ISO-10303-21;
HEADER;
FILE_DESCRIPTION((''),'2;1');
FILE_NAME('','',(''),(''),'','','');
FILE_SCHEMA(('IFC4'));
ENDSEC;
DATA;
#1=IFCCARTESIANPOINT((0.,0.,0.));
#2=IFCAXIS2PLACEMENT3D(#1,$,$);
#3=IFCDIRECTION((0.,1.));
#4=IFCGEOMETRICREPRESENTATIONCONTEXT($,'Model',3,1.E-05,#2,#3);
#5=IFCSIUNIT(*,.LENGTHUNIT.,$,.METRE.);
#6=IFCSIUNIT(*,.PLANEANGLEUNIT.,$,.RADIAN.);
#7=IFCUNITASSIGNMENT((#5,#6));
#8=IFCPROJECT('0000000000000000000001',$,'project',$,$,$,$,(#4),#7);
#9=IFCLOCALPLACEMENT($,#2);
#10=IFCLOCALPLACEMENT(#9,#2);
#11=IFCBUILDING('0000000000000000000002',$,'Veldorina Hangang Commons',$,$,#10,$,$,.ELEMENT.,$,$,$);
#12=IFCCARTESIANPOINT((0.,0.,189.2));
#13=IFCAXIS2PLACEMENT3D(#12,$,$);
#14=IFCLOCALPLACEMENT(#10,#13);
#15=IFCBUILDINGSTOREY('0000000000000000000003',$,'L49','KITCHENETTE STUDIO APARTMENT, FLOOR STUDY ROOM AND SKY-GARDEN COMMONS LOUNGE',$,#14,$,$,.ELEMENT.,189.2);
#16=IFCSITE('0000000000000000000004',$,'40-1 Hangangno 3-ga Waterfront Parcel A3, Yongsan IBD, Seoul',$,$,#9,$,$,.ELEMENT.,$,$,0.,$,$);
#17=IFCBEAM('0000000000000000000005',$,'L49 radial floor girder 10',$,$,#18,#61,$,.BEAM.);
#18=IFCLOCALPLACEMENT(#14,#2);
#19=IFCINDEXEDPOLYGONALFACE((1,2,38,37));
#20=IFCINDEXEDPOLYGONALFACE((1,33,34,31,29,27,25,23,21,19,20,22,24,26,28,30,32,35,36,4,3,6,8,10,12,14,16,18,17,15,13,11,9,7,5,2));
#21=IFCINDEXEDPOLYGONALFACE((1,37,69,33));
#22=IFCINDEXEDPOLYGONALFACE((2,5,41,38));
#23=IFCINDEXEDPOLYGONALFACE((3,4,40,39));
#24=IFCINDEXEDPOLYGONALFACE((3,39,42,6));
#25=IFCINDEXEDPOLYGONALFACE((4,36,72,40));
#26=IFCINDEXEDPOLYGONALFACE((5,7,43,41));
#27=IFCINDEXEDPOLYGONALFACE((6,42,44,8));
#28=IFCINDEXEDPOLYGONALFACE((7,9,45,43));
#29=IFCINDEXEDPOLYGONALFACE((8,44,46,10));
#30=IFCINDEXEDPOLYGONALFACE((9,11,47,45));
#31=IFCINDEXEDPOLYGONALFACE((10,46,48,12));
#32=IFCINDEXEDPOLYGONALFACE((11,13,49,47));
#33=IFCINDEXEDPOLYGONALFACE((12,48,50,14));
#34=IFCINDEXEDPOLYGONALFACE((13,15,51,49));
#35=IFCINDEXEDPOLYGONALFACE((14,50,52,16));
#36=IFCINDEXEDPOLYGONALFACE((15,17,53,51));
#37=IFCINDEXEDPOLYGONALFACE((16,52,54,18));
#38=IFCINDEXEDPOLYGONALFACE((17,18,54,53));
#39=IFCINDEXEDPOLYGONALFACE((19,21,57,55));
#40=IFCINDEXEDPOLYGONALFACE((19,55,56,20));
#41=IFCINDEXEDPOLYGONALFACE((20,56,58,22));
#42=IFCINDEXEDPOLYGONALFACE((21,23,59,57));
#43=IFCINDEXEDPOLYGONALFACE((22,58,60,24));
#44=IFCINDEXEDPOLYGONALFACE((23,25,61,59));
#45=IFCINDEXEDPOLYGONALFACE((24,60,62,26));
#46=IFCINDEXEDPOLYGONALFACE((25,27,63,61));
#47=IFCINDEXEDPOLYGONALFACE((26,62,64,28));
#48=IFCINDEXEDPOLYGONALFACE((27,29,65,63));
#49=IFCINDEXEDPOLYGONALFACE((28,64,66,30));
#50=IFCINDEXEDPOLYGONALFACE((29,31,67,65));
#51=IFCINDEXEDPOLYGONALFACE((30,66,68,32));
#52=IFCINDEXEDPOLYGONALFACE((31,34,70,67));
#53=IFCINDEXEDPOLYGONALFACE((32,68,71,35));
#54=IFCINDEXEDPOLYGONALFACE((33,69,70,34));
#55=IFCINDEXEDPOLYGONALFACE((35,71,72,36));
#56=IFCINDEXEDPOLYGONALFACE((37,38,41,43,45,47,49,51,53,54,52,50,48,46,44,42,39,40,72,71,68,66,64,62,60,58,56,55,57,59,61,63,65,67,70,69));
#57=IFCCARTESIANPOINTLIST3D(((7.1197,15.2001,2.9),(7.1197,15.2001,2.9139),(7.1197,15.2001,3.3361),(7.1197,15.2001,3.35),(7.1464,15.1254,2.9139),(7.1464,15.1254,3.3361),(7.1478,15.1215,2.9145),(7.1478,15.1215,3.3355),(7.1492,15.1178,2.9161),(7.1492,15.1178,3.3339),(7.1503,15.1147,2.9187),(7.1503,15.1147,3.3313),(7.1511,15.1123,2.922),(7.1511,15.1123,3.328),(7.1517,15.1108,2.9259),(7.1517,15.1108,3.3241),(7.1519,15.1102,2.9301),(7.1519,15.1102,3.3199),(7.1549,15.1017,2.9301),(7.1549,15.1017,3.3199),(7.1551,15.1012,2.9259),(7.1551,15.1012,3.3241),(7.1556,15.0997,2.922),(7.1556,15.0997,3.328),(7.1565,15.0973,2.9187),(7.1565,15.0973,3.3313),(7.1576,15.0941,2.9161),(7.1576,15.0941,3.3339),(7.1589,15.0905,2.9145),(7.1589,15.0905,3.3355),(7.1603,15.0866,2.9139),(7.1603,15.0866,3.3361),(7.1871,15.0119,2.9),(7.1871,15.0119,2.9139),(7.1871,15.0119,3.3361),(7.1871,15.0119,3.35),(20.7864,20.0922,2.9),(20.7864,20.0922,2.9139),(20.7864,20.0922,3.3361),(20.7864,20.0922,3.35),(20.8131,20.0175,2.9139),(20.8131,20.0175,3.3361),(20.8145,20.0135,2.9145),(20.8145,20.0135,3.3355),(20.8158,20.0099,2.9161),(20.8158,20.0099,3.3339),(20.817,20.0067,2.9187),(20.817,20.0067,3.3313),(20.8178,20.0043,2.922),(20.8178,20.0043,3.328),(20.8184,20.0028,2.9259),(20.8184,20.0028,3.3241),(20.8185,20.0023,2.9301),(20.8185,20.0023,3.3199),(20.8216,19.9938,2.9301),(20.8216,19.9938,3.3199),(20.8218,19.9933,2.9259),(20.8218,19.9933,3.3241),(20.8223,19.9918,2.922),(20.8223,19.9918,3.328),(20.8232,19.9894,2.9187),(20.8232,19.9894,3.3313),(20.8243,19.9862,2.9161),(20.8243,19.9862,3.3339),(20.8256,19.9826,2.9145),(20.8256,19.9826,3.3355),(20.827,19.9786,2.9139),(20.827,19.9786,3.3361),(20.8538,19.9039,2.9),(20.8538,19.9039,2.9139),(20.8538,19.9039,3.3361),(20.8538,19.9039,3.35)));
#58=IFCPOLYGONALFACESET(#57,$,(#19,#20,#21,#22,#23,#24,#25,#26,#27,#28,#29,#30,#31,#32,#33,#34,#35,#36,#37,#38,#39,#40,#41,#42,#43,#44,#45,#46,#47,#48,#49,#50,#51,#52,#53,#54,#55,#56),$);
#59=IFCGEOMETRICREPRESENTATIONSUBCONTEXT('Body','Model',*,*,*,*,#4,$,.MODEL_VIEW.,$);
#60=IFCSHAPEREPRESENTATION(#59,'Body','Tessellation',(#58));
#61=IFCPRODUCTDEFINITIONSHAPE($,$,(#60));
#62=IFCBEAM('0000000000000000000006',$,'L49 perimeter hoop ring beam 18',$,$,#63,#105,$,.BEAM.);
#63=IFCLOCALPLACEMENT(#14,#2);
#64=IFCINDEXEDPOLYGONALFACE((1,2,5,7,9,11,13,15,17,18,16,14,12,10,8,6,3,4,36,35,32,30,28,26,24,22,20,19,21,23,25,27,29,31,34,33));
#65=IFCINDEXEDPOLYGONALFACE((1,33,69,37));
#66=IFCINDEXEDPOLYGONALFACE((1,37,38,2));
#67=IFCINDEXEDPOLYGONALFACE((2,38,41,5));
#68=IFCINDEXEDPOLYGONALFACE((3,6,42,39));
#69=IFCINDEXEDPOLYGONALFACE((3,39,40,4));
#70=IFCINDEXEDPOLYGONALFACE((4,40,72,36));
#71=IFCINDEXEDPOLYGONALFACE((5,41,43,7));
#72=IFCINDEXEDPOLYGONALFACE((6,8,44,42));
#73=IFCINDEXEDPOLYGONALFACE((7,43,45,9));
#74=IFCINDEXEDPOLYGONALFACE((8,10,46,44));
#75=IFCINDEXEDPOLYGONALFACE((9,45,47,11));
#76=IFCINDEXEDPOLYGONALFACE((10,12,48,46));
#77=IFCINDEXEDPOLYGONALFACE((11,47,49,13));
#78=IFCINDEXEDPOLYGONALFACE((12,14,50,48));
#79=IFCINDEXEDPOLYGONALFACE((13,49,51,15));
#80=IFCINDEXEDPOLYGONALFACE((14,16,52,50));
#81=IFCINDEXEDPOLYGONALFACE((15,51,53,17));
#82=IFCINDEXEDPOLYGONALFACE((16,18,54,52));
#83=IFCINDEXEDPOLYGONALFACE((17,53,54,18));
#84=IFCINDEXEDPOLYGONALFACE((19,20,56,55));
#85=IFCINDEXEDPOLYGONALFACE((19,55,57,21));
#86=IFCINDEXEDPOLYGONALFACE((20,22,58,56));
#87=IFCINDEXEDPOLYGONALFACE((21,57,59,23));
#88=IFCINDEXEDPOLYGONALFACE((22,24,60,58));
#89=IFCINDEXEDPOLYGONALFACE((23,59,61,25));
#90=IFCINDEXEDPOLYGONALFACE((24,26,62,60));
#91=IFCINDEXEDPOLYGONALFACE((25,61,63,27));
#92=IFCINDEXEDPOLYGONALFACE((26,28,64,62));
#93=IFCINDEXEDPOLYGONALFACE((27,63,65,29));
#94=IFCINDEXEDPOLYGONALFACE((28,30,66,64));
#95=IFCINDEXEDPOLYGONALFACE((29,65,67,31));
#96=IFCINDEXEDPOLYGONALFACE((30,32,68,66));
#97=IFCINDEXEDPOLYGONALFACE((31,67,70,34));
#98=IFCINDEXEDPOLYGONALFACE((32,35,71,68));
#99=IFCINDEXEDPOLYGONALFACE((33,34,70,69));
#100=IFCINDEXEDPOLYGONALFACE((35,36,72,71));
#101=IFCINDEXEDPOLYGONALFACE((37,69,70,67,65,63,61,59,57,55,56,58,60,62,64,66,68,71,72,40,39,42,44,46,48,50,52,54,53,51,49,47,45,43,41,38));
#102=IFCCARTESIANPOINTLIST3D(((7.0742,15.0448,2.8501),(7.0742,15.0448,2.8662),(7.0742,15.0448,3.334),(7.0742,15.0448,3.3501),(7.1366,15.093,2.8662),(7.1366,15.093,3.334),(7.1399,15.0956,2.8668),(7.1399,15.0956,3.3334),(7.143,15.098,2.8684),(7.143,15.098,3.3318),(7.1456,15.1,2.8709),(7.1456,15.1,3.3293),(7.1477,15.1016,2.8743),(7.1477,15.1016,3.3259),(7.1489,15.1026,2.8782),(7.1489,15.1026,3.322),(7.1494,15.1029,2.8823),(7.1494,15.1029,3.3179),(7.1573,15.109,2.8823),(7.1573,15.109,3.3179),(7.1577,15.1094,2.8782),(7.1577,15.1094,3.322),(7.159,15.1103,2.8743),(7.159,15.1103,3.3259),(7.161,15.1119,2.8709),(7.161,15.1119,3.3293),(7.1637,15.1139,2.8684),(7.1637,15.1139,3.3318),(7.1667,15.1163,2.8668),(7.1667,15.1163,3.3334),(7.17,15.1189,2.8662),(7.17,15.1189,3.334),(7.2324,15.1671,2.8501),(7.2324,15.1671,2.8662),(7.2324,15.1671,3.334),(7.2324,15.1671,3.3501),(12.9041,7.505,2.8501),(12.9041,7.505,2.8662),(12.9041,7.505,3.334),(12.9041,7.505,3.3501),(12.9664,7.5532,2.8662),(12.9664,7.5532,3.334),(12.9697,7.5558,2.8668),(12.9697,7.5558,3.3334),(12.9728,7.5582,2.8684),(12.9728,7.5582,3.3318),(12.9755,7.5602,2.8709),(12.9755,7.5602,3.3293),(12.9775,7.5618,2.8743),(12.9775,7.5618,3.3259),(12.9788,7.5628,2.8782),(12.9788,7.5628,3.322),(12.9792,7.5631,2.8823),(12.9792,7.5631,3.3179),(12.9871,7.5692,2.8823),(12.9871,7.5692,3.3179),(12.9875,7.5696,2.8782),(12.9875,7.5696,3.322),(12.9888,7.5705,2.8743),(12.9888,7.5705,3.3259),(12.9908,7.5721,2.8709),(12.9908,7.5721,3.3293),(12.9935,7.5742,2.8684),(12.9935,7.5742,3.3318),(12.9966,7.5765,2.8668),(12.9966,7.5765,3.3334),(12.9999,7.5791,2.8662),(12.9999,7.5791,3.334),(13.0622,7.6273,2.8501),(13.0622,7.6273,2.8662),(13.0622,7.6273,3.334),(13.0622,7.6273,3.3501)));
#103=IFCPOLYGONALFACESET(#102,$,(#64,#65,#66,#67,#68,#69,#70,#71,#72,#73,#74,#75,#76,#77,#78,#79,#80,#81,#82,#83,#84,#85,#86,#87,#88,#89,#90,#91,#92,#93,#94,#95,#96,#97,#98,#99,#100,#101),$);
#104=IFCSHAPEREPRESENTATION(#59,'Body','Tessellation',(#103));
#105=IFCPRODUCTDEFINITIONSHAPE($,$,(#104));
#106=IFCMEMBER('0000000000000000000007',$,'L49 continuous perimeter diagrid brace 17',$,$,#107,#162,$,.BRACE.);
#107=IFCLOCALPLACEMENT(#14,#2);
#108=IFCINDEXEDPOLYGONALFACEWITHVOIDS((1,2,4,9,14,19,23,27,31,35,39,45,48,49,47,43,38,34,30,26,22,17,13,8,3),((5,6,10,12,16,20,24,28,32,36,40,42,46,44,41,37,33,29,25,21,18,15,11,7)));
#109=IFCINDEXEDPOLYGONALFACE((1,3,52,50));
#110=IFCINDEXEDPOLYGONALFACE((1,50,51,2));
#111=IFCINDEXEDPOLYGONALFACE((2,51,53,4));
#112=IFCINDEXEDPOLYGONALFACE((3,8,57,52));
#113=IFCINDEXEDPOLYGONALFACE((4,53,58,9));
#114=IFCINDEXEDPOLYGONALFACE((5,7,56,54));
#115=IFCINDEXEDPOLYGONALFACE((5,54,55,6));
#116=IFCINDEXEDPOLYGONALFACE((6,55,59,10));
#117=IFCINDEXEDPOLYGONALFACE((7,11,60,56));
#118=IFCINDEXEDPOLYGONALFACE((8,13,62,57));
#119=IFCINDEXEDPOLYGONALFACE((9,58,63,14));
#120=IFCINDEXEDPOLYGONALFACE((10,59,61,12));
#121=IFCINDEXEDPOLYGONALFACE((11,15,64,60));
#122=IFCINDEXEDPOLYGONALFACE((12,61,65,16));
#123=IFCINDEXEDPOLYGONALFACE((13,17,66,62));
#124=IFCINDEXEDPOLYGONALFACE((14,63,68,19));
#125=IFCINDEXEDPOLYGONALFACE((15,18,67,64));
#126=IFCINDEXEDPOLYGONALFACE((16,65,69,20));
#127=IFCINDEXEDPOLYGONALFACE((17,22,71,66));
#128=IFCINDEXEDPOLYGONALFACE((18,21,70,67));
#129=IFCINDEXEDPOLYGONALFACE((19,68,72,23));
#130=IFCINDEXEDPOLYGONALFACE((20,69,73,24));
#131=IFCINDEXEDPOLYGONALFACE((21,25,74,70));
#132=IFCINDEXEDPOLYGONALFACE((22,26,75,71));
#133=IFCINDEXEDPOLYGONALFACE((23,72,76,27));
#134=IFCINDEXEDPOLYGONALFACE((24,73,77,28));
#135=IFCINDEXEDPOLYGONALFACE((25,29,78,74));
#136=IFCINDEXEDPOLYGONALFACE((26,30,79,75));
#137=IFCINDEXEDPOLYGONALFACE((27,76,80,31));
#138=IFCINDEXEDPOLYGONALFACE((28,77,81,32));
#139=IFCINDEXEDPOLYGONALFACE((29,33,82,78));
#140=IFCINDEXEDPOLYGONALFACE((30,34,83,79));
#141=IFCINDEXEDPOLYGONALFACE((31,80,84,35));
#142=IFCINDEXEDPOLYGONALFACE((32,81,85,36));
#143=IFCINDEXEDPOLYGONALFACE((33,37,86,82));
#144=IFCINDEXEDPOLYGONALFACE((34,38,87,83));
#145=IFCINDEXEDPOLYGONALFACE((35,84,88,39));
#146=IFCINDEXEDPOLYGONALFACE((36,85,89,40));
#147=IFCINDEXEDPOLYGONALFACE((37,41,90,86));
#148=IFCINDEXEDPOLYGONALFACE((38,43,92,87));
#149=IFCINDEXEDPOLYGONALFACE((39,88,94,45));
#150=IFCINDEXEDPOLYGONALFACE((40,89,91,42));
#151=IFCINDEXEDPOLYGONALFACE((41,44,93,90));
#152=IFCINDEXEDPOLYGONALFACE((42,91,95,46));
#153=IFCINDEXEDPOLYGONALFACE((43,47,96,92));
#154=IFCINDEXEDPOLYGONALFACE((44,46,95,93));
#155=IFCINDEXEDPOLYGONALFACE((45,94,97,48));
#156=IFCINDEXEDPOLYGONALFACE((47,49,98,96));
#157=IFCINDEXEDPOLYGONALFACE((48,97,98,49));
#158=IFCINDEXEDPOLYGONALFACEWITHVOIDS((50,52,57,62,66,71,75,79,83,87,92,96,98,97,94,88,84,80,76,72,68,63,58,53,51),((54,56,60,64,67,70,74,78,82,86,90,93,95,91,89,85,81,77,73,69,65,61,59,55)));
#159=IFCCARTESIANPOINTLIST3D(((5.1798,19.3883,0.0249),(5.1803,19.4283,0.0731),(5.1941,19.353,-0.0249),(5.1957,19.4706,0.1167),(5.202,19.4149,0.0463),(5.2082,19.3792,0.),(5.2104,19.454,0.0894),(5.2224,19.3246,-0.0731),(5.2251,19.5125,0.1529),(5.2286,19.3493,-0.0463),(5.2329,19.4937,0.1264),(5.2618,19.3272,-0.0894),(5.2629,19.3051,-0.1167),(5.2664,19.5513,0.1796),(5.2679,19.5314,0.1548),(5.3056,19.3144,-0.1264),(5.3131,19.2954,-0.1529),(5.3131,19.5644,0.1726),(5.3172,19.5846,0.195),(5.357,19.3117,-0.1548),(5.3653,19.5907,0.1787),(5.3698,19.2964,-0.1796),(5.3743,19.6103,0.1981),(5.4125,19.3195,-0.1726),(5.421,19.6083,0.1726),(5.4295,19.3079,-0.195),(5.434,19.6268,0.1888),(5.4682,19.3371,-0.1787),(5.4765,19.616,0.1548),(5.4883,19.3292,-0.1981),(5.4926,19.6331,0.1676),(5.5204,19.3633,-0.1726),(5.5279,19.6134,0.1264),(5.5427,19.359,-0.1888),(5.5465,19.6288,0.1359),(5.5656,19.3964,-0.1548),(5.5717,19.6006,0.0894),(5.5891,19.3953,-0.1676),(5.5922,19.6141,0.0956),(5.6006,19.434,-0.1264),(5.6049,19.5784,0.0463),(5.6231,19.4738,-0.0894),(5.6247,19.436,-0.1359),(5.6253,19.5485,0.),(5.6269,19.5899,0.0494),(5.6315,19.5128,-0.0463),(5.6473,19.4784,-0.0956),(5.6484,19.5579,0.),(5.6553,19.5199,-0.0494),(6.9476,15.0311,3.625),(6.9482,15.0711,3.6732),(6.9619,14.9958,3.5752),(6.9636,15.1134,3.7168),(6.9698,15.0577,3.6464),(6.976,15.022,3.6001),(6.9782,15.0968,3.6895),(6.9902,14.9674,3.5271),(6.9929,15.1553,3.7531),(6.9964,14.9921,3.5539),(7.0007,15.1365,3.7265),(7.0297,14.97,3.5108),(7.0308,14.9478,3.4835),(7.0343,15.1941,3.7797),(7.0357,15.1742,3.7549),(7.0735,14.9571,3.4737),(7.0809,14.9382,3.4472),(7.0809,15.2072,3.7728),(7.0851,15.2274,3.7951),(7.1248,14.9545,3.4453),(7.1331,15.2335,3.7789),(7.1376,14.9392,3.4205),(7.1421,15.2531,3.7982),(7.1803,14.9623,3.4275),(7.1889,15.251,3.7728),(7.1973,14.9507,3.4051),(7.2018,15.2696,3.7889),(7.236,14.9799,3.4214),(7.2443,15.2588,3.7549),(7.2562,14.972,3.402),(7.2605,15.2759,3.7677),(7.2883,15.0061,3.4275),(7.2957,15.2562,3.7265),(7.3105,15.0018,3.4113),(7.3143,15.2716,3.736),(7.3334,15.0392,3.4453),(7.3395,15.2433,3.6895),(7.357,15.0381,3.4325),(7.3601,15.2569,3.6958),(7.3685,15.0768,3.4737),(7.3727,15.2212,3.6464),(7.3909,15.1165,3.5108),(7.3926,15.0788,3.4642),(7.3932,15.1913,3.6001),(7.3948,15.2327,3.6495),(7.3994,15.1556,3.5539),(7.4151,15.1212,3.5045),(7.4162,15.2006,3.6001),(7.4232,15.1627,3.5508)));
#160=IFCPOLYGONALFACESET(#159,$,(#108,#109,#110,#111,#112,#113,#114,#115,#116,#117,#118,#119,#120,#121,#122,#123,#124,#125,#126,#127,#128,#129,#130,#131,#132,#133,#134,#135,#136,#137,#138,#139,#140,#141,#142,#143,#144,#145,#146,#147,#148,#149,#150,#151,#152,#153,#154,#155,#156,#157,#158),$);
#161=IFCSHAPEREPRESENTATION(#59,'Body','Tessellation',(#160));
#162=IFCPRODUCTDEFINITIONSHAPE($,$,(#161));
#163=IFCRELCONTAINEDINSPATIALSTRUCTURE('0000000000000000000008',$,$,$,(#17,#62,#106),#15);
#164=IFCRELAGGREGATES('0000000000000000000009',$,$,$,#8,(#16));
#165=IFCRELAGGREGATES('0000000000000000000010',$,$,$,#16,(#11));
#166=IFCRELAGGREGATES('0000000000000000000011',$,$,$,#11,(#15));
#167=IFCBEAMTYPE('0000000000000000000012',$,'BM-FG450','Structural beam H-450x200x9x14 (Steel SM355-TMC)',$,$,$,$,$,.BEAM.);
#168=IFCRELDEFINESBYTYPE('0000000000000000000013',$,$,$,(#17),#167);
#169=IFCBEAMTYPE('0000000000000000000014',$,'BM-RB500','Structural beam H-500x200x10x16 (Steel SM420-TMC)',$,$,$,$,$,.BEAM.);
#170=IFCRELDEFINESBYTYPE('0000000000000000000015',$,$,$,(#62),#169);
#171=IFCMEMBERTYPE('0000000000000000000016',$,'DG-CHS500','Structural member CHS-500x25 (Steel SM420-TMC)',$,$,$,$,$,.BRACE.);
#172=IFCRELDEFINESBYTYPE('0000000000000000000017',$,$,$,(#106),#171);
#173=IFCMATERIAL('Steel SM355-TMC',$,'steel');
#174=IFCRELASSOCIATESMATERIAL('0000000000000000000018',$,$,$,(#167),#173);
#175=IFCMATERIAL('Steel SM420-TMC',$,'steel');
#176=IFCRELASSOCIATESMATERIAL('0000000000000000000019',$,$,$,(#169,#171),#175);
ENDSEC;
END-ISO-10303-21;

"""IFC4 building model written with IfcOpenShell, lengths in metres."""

from ifc_helpers import new_model, si_unit, direction, frame, origin, origin_2d, place, context, subcontext, project, spatial, hollow_circle, i_section, extrude, material, material_profile, profile_set, type_object, element, save


model = new_model("IFC4")

# Units and contexts
model_context = context("Model", 3, precision=1e-05, world=origin(), true_north=direction((0.0, 1.0)))
body_context = subcontext(model_context, "Body", "Model", "MODEL_VIEW")
ifc_project = project(units=[si_unit("LENGTHUNIT", "METRE"), si_unit("PLANEANGLEUNIT", "RADIAN")], contexts=[model_context])

# Site, building, storey
site_placement = place(None, origin())
site = spatial("IfcSite", under=ifc_project, at=site_placement, Name="40-1 Hangangno 3-ga Waterfront Parcel A3, Yongsan IBD, Seoul", CompositionType="ELEMENT", RefElevation=0.0)
building_placement = place(site_placement, origin())
building = spatial("IfcBuilding", under=site, at=building_placement, Name="Veldorina Hangang Commons", CompositionType="ELEMENT")
storey_placement = place(building_placement, frame((0.0, 0.0, 189.2)))
storey = spatial("IfcBuildingStorey", under=building, at=storey_placement, Name="L49", Description="KITCHENETTE STUDIO APARTMENT, FLOOR STUDY ROOM AND SKY-GARDEN COMMONS LOUNGE", CompositionType="ELEMENT", Elevation=189.2)

# Beams
ifc_material_1 = material(Name="Steel SM355-TMC", Category="steel")
ifc_material_profile_1 = material_profile(ifc_material_1, i_section(OverallWidth=0.2, OverallDepth=0.45, WebThickness=0.009, FlangeThickness=0.0139, FilletRadius=0.0161, at=origin_2d()), Name="H-450x200x9x14")
ifc_profile_set_1 = profile_set([ifc_material_profile_1], Name="Steel SM355-TMC")
beam_type_1 = type_object("IfcBeamType", Name="BM-FG450", Description="Structural beam H-450x200x9x14 (Steel SM355-TMC)", PredefinedType="BEAM", material=ifc_profile_set_1)
beam_1_placement = place(storey_placement, frame((20.8201, 19.998, 3.125), z_axis=(-0.941499, -0.337015, 0.0), x_axis=(0.337015, -0.941499, 0.0)))
element("IfcBeam", 1, at=beam_1_placement, inside=storey, type_object=beam_type_1, Name="L49 radial floor girder 10", PredefinedType="BEAM", context=body_context, shape_type="SweptSolid", body=[
    extrude(i_section(OverallWidth=0.2, OverallDepth=0.45, WebThickness=0.009, FlangeThickness=0.0139, FilletRadius=0.0161, at=origin_2d()), origin(), (0.0, 0.0, 1.0), 14.5159),
])
ifc_material_2 = material(Name="Steel SM420-TMC", Category="steel")
ifc_material_profile_2 = material_profile(ifc_material_2, i_section(OverallWidth=0.2, OverallDepth=0.5, WebThickness=0.01, FlangeThickness=0.0161, FilletRadius=0.0161, at=origin_2d()), Name="H-500x200x10x16")
ifc_profile_set_2 = profile_set([ifc_material_profile_2], Name="Steel SM420-TMC")
beam_type_2 = type_object("IfcBeamType", Name="BM-RB500", Description="Structural beam H-500x200x10x16 (Steel SM420-TMC)", PredefinedType="BEAM", material=ifc_profile_set_2)
beam_2_placement = place(storey_placement, frame((7.1533, 15.106, 3.1001), z_axis=(0.611686, -0.791101, 0.0), x_axis=(0.791101, 0.611686, 0.0)))
element("IfcBeam", 2, at=beam_2_placement, inside=storey, type_object=beam_type_2, Name="L49 perimeter hoop ring beam 18", PredefinedType="BEAM", context=body_context, shape_type="SweptSolid", body=[
    extrude(i_section(OverallWidth=0.2, OverallDepth=0.5, WebThickness=0.01, FlangeThickness=0.0161, FilletRadius=0.0161, at=origin_2d()), origin(), (0.0, 0.0, 1.0), 9.5308),
])

# Member
ifc_material_profile_3 = material_profile(ifc_material_2, hollow_circle(Radius=0.25, WallThickness=0.0249, at=origin_2d()), Name="CHS-500x25")
ifc_profile_set_3 = profile_set([ifc_material_profile_3], Name="Steel SM420-TMC")
member_type = type_object("IfcMemberType", Name="DG-CHS500", Description="Structural member CHS-500x25 (Steel SM420-TMC)", PredefinedType="BRACE", material=ifc_profile_set_3)
member_1_placement = place(storey_placement, frame((5.4167, 19.4639, 0.0), z_axis=(0.298514, -0.735753, 0.607912), x_axis=(0.926636, 0.375961, 0.0)))
element("IfcMember", 3, at=member_1_placement, inside=storey, type_object=member_type, Name="L49 continuous perimeter diagrid brace 17", PredefinedType="BRACE", context=body_context, shape_type="SweptSolid", body=[
    extrude(hollow_circle(Radius=0.25, WallThickness=0.0249, at=origin_2d()), origin(), (0.0, 0.0, 1.0), 5.9221),
])

save(model, "model.ifc")
